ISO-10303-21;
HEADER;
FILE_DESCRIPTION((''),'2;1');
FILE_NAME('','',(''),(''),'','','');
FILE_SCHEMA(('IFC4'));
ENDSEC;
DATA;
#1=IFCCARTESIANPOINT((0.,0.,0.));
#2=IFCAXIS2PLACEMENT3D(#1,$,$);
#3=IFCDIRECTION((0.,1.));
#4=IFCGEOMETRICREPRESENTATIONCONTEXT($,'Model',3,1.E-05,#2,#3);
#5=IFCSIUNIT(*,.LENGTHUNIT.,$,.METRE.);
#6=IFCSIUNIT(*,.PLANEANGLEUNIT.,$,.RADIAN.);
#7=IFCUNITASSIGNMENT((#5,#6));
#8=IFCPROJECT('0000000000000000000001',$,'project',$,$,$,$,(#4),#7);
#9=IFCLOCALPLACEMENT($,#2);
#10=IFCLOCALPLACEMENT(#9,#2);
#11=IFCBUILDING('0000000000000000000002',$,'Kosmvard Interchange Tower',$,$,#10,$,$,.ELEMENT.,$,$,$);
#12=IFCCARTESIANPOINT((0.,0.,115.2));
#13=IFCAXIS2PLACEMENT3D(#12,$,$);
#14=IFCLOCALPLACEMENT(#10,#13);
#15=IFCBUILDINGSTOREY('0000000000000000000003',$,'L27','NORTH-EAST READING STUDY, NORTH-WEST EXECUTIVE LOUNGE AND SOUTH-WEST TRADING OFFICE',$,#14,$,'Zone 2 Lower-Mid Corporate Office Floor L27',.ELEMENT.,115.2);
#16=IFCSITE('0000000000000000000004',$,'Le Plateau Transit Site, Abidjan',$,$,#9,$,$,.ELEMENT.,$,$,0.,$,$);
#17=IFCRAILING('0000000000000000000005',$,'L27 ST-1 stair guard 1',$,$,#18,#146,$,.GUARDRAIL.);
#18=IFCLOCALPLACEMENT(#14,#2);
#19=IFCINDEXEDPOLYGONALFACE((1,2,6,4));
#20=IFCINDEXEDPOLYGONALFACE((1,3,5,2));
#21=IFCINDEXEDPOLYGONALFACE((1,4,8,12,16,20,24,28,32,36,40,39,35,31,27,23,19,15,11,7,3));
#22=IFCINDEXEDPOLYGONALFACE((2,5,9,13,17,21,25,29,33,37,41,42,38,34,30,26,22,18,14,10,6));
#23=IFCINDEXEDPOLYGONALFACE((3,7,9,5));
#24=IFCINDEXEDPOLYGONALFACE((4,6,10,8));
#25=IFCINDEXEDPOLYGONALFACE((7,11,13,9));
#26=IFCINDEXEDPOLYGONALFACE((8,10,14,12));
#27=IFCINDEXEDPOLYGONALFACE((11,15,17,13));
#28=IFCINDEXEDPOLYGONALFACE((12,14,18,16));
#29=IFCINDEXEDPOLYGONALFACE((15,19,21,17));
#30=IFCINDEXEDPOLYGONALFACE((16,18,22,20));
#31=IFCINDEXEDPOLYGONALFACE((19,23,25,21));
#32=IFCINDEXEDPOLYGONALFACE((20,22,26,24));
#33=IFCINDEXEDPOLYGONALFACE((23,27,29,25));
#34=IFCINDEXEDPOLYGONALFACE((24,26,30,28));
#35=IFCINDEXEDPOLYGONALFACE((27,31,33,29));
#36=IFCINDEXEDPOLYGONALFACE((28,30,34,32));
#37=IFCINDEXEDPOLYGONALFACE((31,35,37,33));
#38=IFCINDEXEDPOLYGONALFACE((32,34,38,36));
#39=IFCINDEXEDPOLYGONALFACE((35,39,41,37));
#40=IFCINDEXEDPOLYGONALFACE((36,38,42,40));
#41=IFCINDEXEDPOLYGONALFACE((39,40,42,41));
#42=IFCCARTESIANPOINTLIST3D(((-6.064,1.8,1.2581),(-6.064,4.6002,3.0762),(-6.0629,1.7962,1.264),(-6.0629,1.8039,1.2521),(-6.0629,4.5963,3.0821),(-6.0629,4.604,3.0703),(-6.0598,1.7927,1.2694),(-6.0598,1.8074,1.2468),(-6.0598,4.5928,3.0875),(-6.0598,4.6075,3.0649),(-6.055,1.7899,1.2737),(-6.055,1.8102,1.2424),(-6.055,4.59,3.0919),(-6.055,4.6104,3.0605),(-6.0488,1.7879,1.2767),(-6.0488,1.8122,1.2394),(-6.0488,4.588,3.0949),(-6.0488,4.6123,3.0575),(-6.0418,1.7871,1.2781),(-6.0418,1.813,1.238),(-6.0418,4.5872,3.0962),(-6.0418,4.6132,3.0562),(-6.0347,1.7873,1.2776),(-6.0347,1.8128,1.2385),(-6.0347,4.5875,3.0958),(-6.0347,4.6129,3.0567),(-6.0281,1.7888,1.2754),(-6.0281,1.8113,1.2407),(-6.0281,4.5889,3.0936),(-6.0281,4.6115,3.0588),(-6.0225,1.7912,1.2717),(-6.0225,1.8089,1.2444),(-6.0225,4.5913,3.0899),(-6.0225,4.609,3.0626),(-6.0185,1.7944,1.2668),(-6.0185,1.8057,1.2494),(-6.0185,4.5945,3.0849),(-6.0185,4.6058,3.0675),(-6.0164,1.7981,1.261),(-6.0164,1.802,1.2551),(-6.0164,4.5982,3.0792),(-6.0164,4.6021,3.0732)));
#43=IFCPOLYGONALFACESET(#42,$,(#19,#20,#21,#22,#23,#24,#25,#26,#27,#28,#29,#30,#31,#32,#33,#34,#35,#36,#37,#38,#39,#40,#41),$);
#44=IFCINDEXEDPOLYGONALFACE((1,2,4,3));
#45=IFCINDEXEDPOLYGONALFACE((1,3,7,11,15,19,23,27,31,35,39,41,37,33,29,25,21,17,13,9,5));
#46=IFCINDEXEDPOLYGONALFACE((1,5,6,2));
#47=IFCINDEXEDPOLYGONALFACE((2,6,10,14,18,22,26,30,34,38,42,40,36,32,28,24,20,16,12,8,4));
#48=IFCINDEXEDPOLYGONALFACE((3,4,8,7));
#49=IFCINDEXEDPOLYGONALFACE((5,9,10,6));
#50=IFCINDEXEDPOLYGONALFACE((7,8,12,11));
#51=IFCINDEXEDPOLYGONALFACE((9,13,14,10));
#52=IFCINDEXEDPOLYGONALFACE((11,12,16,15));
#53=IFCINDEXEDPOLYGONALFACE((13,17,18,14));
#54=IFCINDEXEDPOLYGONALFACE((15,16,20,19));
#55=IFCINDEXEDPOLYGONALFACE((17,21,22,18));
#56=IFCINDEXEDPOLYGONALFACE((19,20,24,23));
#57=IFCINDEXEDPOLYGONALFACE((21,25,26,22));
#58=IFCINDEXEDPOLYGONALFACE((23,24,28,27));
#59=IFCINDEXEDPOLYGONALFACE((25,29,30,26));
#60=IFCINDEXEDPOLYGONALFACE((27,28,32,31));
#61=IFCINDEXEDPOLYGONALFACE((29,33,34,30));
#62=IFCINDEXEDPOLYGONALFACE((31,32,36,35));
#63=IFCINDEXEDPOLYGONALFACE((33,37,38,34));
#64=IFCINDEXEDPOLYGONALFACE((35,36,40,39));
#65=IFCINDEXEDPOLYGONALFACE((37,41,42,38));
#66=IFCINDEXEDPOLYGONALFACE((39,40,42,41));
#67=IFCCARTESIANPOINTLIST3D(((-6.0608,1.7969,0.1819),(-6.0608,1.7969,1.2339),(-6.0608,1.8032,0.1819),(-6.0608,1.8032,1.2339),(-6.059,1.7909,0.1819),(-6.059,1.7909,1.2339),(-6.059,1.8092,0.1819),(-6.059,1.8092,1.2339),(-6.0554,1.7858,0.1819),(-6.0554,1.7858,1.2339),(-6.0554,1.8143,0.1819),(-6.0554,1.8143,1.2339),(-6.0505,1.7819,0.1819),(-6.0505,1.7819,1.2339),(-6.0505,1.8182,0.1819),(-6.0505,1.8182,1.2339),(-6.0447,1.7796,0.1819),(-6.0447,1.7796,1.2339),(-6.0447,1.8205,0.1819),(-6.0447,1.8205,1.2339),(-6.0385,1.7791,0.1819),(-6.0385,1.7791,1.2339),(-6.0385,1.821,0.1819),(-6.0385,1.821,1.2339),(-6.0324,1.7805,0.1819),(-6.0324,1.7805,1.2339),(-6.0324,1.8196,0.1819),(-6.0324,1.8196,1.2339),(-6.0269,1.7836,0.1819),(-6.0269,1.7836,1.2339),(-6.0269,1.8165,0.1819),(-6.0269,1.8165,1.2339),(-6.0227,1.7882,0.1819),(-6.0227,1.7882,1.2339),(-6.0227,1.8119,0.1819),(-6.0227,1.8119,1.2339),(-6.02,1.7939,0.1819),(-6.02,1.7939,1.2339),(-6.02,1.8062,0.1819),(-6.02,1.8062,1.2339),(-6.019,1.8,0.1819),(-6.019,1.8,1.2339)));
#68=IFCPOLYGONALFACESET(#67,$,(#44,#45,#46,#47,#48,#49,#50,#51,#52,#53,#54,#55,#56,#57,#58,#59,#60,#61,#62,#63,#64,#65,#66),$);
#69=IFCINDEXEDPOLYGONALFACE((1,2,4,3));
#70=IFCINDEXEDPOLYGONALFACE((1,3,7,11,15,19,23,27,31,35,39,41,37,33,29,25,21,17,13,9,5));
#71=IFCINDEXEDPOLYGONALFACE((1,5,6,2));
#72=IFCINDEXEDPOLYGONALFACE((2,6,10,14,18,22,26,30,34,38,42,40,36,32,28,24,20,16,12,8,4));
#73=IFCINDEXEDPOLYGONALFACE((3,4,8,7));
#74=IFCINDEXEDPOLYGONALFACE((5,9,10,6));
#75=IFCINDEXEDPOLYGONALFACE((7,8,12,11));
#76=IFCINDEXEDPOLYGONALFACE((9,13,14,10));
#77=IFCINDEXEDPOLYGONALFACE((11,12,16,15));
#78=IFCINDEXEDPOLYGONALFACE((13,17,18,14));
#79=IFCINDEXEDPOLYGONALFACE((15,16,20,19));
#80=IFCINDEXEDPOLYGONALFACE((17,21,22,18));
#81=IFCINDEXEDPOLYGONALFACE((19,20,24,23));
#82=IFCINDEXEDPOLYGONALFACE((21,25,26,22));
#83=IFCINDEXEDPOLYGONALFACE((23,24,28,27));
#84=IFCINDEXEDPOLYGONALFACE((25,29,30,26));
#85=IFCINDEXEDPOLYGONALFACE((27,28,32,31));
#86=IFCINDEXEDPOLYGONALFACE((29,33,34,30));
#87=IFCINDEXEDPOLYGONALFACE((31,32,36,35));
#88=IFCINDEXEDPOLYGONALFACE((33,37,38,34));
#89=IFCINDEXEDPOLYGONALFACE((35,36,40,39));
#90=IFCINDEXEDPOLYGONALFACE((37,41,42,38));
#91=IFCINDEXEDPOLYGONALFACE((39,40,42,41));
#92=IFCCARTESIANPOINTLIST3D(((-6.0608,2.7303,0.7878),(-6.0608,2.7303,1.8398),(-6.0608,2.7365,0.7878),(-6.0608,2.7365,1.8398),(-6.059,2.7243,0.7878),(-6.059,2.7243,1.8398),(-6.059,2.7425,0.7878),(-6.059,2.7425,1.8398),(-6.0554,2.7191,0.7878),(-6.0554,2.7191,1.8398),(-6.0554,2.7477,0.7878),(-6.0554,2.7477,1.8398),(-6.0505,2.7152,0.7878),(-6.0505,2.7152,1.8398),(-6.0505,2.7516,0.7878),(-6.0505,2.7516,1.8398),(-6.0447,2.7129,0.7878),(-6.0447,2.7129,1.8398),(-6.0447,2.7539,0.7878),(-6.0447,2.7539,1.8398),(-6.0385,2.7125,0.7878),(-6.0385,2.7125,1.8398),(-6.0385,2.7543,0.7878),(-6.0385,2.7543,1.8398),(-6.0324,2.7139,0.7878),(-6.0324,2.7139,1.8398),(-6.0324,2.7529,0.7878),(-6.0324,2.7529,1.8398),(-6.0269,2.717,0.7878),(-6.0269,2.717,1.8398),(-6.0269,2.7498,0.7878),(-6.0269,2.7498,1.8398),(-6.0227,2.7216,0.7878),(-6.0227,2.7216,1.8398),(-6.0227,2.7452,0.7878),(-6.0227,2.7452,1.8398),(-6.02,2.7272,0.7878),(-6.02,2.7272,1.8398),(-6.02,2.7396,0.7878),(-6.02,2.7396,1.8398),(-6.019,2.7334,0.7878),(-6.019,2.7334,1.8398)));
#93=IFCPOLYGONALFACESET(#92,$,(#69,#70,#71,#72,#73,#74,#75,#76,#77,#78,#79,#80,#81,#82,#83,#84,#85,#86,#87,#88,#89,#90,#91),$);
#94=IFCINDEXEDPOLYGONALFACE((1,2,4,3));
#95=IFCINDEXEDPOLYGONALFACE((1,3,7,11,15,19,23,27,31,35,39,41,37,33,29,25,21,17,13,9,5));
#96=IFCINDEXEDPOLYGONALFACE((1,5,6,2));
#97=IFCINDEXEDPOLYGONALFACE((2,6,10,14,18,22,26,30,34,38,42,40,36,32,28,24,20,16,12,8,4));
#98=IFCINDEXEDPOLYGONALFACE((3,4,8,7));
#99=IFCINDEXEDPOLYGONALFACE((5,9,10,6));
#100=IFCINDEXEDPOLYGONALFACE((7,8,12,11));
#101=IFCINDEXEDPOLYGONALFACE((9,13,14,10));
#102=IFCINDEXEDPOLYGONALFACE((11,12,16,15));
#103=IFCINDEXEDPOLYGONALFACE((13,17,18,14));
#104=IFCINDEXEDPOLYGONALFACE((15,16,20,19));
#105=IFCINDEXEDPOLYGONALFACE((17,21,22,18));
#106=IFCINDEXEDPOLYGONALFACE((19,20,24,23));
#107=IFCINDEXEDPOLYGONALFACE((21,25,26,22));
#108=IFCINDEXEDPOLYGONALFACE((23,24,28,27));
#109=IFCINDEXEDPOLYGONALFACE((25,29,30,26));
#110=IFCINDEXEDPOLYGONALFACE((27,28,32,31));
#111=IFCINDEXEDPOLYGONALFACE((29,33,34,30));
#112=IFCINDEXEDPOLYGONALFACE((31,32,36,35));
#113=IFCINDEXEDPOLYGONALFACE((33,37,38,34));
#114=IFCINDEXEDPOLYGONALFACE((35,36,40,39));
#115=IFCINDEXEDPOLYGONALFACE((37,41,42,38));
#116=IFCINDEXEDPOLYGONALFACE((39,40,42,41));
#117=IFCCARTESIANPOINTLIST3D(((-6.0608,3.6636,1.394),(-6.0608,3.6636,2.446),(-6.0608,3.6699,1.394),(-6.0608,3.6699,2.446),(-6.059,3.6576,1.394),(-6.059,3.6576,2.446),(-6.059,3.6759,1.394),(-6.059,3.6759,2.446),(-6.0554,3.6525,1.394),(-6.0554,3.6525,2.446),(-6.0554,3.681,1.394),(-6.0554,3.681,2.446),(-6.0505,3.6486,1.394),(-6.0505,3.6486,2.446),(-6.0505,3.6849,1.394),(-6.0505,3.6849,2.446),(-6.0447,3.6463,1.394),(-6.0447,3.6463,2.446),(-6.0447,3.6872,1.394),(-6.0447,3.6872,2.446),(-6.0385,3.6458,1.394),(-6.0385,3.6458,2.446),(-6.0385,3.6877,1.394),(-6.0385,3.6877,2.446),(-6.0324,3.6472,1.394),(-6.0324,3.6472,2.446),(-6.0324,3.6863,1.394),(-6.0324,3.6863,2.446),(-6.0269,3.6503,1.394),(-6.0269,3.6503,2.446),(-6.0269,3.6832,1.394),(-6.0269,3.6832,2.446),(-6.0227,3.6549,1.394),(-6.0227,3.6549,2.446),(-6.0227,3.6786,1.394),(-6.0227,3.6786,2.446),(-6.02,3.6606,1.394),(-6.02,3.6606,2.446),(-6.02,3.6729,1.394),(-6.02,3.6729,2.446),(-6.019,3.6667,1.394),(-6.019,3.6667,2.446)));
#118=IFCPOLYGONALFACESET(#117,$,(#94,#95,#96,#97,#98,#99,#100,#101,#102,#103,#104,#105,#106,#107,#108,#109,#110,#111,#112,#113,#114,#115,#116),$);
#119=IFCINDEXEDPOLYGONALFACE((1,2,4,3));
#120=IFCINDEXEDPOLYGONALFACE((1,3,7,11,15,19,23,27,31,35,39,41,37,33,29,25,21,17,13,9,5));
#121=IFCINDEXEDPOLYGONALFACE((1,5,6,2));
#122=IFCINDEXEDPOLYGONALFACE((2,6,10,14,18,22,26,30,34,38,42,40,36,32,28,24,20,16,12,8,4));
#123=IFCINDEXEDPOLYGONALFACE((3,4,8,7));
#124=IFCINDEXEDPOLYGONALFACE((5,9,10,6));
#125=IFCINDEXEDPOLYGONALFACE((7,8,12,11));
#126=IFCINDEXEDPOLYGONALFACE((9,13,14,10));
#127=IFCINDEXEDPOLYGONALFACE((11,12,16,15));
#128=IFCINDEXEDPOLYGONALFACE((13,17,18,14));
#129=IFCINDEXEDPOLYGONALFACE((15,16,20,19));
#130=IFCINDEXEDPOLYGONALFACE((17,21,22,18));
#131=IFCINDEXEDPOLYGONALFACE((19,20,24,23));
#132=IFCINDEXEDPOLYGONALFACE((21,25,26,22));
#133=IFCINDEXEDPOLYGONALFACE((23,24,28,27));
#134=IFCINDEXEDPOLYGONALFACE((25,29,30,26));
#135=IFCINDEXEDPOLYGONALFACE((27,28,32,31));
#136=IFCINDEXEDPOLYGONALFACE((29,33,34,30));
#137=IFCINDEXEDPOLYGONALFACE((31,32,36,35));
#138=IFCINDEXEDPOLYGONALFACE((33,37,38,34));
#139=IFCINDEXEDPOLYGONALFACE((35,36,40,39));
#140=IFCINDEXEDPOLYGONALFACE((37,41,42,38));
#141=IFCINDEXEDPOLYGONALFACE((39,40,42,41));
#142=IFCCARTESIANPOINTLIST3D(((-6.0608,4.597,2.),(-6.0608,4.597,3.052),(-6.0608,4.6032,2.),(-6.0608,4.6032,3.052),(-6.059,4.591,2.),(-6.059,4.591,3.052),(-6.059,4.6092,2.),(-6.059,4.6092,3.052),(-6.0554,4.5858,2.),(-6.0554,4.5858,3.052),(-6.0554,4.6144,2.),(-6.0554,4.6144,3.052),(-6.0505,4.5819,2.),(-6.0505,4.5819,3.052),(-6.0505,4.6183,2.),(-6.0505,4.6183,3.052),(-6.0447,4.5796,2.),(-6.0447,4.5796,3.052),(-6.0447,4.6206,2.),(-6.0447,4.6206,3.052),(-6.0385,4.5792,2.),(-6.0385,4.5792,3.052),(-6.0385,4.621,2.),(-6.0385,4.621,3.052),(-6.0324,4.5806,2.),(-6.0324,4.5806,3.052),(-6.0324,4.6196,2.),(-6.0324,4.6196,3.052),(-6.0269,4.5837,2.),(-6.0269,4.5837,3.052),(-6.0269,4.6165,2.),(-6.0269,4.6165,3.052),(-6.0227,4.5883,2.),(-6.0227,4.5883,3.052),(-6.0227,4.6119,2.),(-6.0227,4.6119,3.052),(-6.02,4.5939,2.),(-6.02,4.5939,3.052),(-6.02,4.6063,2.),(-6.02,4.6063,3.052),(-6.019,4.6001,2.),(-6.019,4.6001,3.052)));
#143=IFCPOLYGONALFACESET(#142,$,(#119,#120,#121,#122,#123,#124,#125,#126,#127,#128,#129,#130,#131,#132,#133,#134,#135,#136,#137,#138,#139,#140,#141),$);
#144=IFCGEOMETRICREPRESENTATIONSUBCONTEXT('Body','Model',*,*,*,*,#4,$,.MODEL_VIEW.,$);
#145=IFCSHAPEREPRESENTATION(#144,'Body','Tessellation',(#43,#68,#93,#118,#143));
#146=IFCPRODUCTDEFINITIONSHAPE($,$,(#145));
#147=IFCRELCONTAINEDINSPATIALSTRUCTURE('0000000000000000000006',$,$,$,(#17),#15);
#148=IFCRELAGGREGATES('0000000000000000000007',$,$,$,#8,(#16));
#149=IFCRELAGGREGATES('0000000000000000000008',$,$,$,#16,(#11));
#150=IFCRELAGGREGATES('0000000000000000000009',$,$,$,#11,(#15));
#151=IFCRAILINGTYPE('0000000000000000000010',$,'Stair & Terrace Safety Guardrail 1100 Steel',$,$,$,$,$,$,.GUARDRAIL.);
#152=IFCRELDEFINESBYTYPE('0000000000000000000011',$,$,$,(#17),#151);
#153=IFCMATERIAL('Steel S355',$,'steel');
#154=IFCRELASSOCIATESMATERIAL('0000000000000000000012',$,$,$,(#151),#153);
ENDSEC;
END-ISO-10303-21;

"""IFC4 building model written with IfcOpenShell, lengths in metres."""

from ifc_helpers import new_model, si_unit, direction, frame, origin, origin_2d, place, context, subcontext, project, spatial, circle, extrude, source, transform, mapped, material, type_object, element, save


model = new_model("IFC4")

# Units and contexts
model_context = context("Model", 3, precision=1e-05, world=origin(), true_north=direction((0.0, 1.0)))
body_context = subcontext(model_context, "Body", "Model", "MODEL_VIEW")
ifc_project = project(units=[si_unit("LENGTHUNIT", "METRE"), si_unit("PLANEANGLEUNIT", "RADIAN")], contexts=[model_context])

# Site, building, storey
site_placement = place(None, origin())
site = spatial("IfcSite", under=ifc_project, at=site_placement, Name="Le Plateau Transit Site, Abidjan", CompositionType="ELEMENT", RefElevation=0.0)
building_placement = place(site_placement, origin())
building = spatial("IfcBuilding", under=site, at=building_placement, Name="Kosmvard Interchange Tower", CompositionType="ELEMENT")
storey_placement = place(building_placement, frame((0.0, 0.0, 115.2)))
storey = spatial("IfcBuildingStorey", under=building, at=storey_placement, Name="L27", Description="NORTH-EAST READING STUDY, NORTH-WEST EXECUTIVE LOUNGE AND SOUTH-WEST TRADING OFFICE", LongName="Zone 2 Lower-Mid Corporate Office Floor L27", CompositionType="ELEMENT", Elevation=115.2)

# Railing
ifc_material_1 = material(Name="Steel S355", Category="steel")
railing_type_1 = type_object("IfcRailingType", Name="Stair & Terrace Safety Guardrail 1100 Steel", PredefinedType="GUARDRAIL", material=ifc_material_1)
shared_shape_1 = source(origin(), body_context, "Body", "SweptSolid", [
    extrude(circle(Radius=0.0239, at=origin_2d()), frame((0.0, 0.0, 1.0762), z_axis=(0.0, 0.838706, 0.544585), x_axis=(-1.0, 0.0, 0.0)), (0.0, 0.0, 1.0), 3.3386),
    extrude(circle(Radius=0.021, at=origin_2d()), origin(), (0.0, 0.0, 1.0), 1.052),
    extrude(circle(Radius=0.021, at=origin_2d()), frame((0.0, 0.9333, 0.606)), (0.0, 0.0, 1.0), 1.052),
    extrude(circle(Radius=0.021, at=origin_2d()), frame((0.0, 1.8667, 1.2122)), (0.0, 0.0, 1.0), 1.052),
    extrude(circle(Radius=0.021, at=origin_2d()), frame((0.0, 2.8, 1.8181)), (0.0, 0.0, 1.0), 1.052),
])
railing_1_placement = place(storey_placement, frame((-6.04, 1.8, 0.1819)))
element("IfcRailing", 1, at=railing_1_placement, inside=storey, type_object=railing_type_1, Name="L27 ST-1 stair guard 1", PredefinedType="GUARDRAIL", context=body_context, shape_type="MappedRepresentation", body=[
    mapped(shared_shape_1, transform((0.0, 0.0, 0.0), scale=1.0)),
])

save(model, "model.ifc")
